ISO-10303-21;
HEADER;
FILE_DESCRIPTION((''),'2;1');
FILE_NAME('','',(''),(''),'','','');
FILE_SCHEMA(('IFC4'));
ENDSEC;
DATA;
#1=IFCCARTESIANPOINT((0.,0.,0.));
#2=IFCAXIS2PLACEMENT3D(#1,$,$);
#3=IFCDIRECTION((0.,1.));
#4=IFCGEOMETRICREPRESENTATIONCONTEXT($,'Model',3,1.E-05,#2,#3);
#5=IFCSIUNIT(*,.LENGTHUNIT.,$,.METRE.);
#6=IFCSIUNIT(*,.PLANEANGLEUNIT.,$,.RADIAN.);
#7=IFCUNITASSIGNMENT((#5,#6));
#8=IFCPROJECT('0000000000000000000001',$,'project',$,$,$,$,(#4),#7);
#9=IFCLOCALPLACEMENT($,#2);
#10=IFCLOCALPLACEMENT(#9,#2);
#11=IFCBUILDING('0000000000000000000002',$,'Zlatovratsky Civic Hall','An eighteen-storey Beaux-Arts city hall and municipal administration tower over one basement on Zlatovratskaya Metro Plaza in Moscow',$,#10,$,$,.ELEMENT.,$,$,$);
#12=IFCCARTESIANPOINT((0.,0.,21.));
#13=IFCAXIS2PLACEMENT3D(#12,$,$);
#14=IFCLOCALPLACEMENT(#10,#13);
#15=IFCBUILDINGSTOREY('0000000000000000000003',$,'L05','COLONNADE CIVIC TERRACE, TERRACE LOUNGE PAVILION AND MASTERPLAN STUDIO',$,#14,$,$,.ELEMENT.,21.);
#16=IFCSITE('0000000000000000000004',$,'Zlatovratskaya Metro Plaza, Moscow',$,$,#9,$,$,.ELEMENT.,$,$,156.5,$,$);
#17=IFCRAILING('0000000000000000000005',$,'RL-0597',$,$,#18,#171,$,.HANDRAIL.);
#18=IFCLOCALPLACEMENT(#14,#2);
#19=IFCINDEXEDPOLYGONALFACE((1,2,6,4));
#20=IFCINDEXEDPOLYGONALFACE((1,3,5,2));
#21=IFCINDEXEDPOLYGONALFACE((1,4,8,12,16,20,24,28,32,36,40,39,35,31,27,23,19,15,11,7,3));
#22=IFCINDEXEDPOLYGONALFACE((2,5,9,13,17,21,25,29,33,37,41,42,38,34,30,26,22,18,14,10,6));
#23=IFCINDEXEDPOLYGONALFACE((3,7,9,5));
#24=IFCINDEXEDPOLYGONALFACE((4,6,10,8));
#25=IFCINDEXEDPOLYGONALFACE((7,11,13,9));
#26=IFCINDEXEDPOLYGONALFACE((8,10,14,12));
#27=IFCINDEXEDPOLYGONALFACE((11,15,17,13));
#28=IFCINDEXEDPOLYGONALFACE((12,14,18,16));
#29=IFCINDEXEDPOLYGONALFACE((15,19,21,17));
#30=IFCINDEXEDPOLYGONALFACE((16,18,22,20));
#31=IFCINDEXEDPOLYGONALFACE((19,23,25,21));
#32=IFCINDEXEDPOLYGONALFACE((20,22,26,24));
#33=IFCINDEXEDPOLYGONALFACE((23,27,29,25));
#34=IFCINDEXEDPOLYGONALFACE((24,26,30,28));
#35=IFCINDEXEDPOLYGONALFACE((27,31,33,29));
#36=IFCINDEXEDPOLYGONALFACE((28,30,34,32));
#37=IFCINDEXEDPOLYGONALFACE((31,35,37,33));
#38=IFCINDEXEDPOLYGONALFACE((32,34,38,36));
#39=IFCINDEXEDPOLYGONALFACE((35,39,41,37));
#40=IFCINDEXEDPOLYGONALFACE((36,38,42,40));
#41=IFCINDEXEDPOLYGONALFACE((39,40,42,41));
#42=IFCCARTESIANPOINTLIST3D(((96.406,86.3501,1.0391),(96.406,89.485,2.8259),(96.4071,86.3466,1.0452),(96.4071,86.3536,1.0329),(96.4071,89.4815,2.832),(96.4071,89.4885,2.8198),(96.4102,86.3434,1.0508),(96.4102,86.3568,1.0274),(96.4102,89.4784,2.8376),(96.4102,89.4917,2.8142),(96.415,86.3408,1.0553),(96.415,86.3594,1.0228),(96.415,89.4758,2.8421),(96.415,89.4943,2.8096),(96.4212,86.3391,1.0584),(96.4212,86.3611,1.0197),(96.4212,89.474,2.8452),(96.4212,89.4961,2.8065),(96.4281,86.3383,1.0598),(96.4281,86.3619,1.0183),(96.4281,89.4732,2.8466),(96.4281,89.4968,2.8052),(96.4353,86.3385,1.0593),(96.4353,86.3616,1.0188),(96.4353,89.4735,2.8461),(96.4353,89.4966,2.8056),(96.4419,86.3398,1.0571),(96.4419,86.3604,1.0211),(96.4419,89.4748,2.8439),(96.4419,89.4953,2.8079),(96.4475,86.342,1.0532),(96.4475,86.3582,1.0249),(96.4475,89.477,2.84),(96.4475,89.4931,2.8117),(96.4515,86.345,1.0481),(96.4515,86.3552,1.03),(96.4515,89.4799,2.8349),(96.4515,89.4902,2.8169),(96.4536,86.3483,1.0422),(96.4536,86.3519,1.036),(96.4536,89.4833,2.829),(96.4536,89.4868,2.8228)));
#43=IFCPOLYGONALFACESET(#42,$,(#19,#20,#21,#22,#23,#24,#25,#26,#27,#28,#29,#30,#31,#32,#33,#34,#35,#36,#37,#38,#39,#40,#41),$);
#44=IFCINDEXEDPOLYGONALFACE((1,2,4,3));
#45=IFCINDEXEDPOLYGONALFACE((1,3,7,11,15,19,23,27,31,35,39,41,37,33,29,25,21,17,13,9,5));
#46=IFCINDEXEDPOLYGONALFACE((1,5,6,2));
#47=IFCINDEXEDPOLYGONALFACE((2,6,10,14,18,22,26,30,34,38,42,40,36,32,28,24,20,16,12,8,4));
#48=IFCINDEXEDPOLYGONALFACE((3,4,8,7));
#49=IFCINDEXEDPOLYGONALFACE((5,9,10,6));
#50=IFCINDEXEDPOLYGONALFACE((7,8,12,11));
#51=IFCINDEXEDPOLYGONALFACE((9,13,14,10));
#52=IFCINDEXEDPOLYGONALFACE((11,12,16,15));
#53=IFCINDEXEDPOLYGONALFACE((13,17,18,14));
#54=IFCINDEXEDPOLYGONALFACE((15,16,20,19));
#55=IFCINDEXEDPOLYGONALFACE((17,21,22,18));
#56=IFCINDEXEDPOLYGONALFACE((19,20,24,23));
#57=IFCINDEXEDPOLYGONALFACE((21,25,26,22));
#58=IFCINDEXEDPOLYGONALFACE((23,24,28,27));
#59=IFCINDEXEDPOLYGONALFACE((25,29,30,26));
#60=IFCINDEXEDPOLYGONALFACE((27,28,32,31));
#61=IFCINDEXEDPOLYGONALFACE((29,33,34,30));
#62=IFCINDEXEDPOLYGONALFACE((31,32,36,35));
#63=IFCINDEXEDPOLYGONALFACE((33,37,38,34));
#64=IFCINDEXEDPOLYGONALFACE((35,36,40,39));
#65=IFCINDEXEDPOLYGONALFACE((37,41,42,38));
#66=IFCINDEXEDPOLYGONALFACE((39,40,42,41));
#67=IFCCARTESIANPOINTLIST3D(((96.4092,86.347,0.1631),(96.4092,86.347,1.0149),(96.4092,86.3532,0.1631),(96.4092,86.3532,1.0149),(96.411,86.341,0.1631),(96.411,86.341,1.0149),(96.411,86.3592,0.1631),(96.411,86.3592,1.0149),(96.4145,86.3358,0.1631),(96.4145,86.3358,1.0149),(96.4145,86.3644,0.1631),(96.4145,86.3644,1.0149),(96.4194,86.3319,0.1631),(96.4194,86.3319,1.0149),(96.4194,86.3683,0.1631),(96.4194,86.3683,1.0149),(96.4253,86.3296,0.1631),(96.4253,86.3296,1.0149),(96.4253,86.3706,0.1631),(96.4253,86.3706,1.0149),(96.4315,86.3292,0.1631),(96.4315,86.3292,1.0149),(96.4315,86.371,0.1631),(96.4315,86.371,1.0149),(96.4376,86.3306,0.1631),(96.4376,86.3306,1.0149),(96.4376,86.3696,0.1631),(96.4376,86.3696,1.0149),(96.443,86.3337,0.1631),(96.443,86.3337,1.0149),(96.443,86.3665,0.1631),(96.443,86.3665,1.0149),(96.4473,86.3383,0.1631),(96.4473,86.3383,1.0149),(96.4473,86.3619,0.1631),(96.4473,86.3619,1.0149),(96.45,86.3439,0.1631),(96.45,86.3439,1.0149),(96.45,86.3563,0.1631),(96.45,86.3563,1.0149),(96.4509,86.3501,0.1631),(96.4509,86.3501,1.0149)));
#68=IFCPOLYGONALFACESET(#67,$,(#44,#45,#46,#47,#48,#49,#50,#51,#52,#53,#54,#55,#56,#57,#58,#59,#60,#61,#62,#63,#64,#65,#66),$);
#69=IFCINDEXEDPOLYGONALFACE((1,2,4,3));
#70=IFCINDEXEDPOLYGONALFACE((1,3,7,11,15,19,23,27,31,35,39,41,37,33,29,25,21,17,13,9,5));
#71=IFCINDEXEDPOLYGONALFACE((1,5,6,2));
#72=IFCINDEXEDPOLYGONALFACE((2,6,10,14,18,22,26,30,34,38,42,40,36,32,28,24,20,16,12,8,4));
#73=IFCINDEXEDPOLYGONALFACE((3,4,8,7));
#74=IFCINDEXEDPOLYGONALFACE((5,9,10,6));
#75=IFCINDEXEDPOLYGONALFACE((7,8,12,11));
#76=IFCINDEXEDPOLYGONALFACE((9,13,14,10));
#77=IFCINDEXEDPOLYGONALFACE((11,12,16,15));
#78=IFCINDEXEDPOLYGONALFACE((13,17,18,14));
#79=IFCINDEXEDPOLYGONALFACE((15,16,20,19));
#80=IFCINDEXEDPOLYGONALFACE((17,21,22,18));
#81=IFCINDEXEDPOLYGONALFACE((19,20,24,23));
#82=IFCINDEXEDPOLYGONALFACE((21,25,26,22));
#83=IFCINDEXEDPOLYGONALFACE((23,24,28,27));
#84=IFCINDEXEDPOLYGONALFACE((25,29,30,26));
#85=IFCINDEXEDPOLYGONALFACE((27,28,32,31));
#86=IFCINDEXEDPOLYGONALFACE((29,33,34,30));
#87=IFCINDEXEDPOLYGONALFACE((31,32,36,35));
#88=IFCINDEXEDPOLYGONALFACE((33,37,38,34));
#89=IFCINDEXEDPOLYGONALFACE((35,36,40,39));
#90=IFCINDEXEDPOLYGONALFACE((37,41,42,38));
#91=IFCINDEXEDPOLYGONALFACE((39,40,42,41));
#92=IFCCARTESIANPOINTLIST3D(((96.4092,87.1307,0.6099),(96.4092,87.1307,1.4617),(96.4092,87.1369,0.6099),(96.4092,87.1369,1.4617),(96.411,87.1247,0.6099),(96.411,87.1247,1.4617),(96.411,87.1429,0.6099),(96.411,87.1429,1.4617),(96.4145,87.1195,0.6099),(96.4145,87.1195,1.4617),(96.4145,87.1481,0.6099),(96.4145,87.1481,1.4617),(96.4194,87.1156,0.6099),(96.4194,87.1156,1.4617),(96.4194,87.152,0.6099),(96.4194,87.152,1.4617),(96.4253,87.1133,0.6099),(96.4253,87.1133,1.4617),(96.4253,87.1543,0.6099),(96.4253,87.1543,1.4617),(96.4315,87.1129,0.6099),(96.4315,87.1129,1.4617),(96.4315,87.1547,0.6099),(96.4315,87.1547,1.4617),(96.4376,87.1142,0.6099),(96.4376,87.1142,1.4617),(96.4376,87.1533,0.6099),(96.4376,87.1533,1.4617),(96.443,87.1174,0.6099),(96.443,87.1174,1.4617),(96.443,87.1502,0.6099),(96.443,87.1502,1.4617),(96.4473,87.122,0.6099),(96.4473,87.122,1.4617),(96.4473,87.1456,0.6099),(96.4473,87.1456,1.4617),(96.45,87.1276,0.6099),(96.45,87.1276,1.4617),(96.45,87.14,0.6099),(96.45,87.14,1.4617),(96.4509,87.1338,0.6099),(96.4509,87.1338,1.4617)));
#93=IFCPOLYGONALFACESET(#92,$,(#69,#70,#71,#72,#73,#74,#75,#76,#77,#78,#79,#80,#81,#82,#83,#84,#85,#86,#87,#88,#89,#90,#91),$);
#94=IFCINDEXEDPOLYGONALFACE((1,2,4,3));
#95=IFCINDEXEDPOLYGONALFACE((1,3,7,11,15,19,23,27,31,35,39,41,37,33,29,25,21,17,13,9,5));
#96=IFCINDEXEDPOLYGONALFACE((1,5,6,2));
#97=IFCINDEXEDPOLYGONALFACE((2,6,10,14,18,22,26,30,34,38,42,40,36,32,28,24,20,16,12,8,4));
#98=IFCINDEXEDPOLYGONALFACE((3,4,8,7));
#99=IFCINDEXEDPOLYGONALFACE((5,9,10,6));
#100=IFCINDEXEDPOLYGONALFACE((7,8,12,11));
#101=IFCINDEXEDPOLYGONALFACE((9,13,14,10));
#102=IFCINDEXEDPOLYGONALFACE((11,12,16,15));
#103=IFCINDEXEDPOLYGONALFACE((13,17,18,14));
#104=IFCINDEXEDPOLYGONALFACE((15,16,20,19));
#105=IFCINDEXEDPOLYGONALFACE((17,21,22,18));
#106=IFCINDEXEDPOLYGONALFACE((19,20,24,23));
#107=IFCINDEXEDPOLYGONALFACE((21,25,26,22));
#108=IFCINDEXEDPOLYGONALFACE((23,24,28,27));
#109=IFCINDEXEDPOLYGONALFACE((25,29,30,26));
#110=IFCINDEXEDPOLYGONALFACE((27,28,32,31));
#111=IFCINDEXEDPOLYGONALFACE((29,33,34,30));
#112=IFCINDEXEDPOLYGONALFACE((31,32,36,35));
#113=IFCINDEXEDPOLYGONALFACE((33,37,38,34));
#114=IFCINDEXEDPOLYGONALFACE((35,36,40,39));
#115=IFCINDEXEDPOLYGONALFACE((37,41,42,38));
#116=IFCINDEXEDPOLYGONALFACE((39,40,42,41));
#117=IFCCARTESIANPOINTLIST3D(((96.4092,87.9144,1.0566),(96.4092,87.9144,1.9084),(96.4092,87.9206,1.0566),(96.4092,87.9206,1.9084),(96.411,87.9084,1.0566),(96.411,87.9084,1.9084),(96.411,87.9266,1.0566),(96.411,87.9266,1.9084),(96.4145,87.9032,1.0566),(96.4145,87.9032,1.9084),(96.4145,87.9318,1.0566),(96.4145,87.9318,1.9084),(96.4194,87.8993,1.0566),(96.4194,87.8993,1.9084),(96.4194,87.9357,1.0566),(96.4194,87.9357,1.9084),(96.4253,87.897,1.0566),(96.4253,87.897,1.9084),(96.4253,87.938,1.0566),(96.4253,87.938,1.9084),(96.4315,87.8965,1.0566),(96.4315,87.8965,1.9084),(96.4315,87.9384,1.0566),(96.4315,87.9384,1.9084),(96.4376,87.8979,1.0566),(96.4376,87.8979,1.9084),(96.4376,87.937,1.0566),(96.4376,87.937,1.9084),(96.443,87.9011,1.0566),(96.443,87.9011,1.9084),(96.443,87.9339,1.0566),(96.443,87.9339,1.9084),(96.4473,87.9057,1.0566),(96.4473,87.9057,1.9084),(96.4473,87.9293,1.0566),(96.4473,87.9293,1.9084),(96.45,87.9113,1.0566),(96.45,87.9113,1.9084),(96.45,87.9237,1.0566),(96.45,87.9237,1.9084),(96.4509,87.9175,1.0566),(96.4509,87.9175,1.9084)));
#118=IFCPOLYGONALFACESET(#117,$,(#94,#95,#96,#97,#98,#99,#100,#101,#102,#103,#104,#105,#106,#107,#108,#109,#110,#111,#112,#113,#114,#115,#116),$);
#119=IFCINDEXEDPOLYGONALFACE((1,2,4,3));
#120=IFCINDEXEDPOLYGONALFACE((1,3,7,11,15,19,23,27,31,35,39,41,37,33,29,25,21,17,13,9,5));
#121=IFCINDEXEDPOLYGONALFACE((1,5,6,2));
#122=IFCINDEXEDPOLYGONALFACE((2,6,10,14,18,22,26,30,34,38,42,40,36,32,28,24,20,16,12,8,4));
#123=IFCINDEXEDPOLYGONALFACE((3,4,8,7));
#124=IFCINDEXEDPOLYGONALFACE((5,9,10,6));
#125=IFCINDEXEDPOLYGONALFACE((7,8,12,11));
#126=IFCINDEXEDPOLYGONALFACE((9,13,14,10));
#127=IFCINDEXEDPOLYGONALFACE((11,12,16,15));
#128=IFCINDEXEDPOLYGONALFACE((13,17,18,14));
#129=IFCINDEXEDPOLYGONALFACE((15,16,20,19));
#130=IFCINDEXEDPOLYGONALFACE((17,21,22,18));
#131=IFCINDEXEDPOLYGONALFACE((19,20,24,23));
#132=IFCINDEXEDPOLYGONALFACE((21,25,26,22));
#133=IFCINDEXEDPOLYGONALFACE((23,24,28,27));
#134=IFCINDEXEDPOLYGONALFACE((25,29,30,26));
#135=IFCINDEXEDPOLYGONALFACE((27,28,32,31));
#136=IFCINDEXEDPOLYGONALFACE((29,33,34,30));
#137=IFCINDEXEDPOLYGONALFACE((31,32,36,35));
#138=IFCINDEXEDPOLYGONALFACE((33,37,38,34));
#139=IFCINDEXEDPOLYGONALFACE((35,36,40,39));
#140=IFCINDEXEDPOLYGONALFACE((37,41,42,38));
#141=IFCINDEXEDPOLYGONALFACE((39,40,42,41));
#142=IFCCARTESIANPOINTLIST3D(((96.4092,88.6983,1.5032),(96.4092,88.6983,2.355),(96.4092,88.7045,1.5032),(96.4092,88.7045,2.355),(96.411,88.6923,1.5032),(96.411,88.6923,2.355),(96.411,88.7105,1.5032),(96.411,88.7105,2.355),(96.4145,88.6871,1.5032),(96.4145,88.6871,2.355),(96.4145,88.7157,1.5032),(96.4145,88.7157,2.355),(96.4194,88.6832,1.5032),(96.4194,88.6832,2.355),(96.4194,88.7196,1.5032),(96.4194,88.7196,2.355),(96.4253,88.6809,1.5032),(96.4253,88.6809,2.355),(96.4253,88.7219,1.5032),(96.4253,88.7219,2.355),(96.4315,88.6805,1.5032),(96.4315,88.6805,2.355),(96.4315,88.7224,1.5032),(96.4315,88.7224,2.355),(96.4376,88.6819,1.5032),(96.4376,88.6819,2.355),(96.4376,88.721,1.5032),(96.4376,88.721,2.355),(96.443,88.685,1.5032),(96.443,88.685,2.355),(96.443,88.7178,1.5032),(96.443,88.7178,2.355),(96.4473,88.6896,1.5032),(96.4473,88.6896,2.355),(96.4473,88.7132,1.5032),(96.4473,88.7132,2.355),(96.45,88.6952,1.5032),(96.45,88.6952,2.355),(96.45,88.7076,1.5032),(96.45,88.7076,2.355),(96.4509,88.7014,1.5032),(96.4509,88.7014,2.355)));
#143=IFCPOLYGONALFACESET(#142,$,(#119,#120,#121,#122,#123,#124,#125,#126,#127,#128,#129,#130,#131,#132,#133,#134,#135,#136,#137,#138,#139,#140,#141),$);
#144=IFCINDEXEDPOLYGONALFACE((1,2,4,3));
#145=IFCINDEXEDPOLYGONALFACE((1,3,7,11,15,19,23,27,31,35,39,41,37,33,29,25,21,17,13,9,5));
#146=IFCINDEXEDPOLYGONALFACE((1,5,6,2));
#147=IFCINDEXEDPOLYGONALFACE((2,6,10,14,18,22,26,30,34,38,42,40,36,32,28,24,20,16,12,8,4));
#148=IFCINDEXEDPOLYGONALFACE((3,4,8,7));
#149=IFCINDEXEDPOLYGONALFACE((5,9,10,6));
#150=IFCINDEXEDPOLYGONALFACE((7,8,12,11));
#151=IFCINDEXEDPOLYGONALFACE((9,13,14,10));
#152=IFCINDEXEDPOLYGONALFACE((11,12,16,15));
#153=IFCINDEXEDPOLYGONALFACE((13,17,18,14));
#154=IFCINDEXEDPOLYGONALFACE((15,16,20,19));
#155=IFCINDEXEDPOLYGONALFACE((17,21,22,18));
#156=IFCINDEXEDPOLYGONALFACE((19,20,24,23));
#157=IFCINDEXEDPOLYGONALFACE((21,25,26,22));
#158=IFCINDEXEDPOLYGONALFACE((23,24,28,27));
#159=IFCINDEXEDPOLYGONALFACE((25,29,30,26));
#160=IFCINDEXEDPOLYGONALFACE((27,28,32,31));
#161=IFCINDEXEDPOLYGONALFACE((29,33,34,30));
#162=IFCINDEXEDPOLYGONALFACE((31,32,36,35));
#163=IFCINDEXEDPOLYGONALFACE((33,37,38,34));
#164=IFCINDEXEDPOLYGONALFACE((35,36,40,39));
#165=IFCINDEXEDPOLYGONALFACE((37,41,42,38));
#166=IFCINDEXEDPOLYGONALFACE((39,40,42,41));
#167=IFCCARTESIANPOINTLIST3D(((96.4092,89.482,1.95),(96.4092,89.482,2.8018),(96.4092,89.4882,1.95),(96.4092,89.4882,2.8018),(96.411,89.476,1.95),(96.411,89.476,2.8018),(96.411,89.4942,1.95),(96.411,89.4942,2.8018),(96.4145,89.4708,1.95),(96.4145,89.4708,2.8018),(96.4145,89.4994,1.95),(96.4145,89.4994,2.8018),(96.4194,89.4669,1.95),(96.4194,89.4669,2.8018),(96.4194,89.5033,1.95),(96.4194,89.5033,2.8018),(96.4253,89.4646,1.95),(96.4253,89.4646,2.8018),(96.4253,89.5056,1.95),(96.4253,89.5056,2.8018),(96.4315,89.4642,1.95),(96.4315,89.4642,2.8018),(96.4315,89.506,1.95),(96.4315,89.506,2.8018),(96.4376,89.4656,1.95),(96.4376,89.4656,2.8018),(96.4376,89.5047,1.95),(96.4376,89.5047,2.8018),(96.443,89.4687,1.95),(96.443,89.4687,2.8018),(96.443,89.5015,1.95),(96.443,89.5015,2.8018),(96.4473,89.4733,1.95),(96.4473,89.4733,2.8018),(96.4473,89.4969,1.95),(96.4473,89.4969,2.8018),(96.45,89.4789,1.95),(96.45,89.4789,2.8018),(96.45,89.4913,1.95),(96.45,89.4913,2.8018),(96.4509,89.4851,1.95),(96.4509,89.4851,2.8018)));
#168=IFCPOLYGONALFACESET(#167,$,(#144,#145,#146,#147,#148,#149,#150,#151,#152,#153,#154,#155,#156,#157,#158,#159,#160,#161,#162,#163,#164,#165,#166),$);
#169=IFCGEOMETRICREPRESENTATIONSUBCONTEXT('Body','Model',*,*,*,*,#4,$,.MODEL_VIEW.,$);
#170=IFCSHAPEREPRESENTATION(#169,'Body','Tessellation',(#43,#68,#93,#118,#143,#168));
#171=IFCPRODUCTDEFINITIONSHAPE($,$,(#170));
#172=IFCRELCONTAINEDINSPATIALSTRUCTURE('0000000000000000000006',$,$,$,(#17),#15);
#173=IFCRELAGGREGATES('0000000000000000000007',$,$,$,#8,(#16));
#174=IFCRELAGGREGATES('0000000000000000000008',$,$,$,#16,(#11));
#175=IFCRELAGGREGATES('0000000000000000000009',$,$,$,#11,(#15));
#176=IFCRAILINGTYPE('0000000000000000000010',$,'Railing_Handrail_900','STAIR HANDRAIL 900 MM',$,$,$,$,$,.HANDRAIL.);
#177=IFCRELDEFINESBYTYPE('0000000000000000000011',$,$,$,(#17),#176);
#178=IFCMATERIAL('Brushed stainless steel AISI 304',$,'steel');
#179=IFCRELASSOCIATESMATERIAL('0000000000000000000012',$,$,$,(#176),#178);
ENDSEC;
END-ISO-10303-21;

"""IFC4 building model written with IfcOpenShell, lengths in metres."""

from ifc_helpers import new_model, si_unit, direction, frame, origin, origin_2d, place, context, subcontext, project, spatial, circle, extrude, material, type_object, element, save


model = new_model("IFC4")

# Units and contexts
model_context = context("Model", 3, precision=1e-05, world=origin(), true_north=direction((0.0, 1.0)))
body_context = subcontext(model_context, "Body", "Model", "MODEL_VIEW")
ifc_project = project(units=[si_unit("LENGTHUNIT", "METRE"), si_unit("PLANEANGLEUNIT", "RADIAN")], contexts=[model_context])

# Site, building, storey
site_placement = place(None, origin())
site = spatial("IfcSite", under=ifc_project, at=site_placement, Name="Zlatovratskaya Metro Plaza, Moscow", CompositionType="ELEMENT", RefElevation=156.5)
building_placement = place(site_placement, origin())
building = spatial("IfcBuilding", under=site, at=building_placement, Name="Zlatovratsky Civic Hall", Description="An eighteen-storey Beaux-Arts city hall and municipal administration tower over one basement on Zlatovratskaya Metro Plaza in Moscow", CompositionType="ELEMENT")
storey_placement = place(building_placement, frame((0.0, 0.0, 21.0)))
storey = spatial("IfcBuildingStorey", under=building, at=storey_placement, Name="L05", Description="COLONNADE CIVIC TERRACE, TERRACE LOUNGE PAVILION AND MASTERPLAN STUDIO", CompositionType="ELEMENT", Elevation=21.0)

# Railing
ifc_material_1 = material(Name="Brushed stainless steel AISI 304", Category="steel")
railing_type_1 = type_object("IfcRailingType", Name="Railing_Handrail_900", Description="STAIR HANDRAIL 900 MM", PredefinedType="HANDRAIL", material=ifc_material_1)
railing_1_placement = place(storey_placement, frame((96.4299, 86.3501, 0.1631)))
element("IfcRailing", 1, at=railing_1_placement, inside=storey, type_object=railing_type_1, Name="RL-0597", PredefinedType="HANDRAIL", context=body_context, shape_type="SweptSolid", body=[
    extrude(circle(Radius=0.0239, at=origin_2d()), frame((0.0, 0.0, 0.876), z_axis=(0.0, 0.868788, 0.495184), x_axis=(-1.0, 0.0, 0.0)), (0.0, 0.0, 1.0), 3.6084),
    extrude(circle(Radius=0.021, at=origin_2d()), origin(), (0.0, 0.0, 1.0), 0.8518),
    extrude(circle(Radius=0.021, at=origin_2d()), frame((0.0, 0.7837, 0.4468)), (0.0, 0.0, 1.0), 0.8518),
    extrude(circle(Radius=0.021, at=origin_2d()), frame((0.0, 1.5674, 0.8936)), (0.0, 0.0, 1.0), 0.8518),
    extrude(circle(Radius=0.021, at=origin_2d()), frame((0.0, 2.3513, 1.3401)), (0.0, 0.0, 1.0), 0.8518),
    extrude(circle(Radius=0.021, at=origin_2d()), frame((0.0, 3.135, 1.7869)), (0.0, 0.0, 1.0), 0.8518),
])

save(model, "model.ifc")
